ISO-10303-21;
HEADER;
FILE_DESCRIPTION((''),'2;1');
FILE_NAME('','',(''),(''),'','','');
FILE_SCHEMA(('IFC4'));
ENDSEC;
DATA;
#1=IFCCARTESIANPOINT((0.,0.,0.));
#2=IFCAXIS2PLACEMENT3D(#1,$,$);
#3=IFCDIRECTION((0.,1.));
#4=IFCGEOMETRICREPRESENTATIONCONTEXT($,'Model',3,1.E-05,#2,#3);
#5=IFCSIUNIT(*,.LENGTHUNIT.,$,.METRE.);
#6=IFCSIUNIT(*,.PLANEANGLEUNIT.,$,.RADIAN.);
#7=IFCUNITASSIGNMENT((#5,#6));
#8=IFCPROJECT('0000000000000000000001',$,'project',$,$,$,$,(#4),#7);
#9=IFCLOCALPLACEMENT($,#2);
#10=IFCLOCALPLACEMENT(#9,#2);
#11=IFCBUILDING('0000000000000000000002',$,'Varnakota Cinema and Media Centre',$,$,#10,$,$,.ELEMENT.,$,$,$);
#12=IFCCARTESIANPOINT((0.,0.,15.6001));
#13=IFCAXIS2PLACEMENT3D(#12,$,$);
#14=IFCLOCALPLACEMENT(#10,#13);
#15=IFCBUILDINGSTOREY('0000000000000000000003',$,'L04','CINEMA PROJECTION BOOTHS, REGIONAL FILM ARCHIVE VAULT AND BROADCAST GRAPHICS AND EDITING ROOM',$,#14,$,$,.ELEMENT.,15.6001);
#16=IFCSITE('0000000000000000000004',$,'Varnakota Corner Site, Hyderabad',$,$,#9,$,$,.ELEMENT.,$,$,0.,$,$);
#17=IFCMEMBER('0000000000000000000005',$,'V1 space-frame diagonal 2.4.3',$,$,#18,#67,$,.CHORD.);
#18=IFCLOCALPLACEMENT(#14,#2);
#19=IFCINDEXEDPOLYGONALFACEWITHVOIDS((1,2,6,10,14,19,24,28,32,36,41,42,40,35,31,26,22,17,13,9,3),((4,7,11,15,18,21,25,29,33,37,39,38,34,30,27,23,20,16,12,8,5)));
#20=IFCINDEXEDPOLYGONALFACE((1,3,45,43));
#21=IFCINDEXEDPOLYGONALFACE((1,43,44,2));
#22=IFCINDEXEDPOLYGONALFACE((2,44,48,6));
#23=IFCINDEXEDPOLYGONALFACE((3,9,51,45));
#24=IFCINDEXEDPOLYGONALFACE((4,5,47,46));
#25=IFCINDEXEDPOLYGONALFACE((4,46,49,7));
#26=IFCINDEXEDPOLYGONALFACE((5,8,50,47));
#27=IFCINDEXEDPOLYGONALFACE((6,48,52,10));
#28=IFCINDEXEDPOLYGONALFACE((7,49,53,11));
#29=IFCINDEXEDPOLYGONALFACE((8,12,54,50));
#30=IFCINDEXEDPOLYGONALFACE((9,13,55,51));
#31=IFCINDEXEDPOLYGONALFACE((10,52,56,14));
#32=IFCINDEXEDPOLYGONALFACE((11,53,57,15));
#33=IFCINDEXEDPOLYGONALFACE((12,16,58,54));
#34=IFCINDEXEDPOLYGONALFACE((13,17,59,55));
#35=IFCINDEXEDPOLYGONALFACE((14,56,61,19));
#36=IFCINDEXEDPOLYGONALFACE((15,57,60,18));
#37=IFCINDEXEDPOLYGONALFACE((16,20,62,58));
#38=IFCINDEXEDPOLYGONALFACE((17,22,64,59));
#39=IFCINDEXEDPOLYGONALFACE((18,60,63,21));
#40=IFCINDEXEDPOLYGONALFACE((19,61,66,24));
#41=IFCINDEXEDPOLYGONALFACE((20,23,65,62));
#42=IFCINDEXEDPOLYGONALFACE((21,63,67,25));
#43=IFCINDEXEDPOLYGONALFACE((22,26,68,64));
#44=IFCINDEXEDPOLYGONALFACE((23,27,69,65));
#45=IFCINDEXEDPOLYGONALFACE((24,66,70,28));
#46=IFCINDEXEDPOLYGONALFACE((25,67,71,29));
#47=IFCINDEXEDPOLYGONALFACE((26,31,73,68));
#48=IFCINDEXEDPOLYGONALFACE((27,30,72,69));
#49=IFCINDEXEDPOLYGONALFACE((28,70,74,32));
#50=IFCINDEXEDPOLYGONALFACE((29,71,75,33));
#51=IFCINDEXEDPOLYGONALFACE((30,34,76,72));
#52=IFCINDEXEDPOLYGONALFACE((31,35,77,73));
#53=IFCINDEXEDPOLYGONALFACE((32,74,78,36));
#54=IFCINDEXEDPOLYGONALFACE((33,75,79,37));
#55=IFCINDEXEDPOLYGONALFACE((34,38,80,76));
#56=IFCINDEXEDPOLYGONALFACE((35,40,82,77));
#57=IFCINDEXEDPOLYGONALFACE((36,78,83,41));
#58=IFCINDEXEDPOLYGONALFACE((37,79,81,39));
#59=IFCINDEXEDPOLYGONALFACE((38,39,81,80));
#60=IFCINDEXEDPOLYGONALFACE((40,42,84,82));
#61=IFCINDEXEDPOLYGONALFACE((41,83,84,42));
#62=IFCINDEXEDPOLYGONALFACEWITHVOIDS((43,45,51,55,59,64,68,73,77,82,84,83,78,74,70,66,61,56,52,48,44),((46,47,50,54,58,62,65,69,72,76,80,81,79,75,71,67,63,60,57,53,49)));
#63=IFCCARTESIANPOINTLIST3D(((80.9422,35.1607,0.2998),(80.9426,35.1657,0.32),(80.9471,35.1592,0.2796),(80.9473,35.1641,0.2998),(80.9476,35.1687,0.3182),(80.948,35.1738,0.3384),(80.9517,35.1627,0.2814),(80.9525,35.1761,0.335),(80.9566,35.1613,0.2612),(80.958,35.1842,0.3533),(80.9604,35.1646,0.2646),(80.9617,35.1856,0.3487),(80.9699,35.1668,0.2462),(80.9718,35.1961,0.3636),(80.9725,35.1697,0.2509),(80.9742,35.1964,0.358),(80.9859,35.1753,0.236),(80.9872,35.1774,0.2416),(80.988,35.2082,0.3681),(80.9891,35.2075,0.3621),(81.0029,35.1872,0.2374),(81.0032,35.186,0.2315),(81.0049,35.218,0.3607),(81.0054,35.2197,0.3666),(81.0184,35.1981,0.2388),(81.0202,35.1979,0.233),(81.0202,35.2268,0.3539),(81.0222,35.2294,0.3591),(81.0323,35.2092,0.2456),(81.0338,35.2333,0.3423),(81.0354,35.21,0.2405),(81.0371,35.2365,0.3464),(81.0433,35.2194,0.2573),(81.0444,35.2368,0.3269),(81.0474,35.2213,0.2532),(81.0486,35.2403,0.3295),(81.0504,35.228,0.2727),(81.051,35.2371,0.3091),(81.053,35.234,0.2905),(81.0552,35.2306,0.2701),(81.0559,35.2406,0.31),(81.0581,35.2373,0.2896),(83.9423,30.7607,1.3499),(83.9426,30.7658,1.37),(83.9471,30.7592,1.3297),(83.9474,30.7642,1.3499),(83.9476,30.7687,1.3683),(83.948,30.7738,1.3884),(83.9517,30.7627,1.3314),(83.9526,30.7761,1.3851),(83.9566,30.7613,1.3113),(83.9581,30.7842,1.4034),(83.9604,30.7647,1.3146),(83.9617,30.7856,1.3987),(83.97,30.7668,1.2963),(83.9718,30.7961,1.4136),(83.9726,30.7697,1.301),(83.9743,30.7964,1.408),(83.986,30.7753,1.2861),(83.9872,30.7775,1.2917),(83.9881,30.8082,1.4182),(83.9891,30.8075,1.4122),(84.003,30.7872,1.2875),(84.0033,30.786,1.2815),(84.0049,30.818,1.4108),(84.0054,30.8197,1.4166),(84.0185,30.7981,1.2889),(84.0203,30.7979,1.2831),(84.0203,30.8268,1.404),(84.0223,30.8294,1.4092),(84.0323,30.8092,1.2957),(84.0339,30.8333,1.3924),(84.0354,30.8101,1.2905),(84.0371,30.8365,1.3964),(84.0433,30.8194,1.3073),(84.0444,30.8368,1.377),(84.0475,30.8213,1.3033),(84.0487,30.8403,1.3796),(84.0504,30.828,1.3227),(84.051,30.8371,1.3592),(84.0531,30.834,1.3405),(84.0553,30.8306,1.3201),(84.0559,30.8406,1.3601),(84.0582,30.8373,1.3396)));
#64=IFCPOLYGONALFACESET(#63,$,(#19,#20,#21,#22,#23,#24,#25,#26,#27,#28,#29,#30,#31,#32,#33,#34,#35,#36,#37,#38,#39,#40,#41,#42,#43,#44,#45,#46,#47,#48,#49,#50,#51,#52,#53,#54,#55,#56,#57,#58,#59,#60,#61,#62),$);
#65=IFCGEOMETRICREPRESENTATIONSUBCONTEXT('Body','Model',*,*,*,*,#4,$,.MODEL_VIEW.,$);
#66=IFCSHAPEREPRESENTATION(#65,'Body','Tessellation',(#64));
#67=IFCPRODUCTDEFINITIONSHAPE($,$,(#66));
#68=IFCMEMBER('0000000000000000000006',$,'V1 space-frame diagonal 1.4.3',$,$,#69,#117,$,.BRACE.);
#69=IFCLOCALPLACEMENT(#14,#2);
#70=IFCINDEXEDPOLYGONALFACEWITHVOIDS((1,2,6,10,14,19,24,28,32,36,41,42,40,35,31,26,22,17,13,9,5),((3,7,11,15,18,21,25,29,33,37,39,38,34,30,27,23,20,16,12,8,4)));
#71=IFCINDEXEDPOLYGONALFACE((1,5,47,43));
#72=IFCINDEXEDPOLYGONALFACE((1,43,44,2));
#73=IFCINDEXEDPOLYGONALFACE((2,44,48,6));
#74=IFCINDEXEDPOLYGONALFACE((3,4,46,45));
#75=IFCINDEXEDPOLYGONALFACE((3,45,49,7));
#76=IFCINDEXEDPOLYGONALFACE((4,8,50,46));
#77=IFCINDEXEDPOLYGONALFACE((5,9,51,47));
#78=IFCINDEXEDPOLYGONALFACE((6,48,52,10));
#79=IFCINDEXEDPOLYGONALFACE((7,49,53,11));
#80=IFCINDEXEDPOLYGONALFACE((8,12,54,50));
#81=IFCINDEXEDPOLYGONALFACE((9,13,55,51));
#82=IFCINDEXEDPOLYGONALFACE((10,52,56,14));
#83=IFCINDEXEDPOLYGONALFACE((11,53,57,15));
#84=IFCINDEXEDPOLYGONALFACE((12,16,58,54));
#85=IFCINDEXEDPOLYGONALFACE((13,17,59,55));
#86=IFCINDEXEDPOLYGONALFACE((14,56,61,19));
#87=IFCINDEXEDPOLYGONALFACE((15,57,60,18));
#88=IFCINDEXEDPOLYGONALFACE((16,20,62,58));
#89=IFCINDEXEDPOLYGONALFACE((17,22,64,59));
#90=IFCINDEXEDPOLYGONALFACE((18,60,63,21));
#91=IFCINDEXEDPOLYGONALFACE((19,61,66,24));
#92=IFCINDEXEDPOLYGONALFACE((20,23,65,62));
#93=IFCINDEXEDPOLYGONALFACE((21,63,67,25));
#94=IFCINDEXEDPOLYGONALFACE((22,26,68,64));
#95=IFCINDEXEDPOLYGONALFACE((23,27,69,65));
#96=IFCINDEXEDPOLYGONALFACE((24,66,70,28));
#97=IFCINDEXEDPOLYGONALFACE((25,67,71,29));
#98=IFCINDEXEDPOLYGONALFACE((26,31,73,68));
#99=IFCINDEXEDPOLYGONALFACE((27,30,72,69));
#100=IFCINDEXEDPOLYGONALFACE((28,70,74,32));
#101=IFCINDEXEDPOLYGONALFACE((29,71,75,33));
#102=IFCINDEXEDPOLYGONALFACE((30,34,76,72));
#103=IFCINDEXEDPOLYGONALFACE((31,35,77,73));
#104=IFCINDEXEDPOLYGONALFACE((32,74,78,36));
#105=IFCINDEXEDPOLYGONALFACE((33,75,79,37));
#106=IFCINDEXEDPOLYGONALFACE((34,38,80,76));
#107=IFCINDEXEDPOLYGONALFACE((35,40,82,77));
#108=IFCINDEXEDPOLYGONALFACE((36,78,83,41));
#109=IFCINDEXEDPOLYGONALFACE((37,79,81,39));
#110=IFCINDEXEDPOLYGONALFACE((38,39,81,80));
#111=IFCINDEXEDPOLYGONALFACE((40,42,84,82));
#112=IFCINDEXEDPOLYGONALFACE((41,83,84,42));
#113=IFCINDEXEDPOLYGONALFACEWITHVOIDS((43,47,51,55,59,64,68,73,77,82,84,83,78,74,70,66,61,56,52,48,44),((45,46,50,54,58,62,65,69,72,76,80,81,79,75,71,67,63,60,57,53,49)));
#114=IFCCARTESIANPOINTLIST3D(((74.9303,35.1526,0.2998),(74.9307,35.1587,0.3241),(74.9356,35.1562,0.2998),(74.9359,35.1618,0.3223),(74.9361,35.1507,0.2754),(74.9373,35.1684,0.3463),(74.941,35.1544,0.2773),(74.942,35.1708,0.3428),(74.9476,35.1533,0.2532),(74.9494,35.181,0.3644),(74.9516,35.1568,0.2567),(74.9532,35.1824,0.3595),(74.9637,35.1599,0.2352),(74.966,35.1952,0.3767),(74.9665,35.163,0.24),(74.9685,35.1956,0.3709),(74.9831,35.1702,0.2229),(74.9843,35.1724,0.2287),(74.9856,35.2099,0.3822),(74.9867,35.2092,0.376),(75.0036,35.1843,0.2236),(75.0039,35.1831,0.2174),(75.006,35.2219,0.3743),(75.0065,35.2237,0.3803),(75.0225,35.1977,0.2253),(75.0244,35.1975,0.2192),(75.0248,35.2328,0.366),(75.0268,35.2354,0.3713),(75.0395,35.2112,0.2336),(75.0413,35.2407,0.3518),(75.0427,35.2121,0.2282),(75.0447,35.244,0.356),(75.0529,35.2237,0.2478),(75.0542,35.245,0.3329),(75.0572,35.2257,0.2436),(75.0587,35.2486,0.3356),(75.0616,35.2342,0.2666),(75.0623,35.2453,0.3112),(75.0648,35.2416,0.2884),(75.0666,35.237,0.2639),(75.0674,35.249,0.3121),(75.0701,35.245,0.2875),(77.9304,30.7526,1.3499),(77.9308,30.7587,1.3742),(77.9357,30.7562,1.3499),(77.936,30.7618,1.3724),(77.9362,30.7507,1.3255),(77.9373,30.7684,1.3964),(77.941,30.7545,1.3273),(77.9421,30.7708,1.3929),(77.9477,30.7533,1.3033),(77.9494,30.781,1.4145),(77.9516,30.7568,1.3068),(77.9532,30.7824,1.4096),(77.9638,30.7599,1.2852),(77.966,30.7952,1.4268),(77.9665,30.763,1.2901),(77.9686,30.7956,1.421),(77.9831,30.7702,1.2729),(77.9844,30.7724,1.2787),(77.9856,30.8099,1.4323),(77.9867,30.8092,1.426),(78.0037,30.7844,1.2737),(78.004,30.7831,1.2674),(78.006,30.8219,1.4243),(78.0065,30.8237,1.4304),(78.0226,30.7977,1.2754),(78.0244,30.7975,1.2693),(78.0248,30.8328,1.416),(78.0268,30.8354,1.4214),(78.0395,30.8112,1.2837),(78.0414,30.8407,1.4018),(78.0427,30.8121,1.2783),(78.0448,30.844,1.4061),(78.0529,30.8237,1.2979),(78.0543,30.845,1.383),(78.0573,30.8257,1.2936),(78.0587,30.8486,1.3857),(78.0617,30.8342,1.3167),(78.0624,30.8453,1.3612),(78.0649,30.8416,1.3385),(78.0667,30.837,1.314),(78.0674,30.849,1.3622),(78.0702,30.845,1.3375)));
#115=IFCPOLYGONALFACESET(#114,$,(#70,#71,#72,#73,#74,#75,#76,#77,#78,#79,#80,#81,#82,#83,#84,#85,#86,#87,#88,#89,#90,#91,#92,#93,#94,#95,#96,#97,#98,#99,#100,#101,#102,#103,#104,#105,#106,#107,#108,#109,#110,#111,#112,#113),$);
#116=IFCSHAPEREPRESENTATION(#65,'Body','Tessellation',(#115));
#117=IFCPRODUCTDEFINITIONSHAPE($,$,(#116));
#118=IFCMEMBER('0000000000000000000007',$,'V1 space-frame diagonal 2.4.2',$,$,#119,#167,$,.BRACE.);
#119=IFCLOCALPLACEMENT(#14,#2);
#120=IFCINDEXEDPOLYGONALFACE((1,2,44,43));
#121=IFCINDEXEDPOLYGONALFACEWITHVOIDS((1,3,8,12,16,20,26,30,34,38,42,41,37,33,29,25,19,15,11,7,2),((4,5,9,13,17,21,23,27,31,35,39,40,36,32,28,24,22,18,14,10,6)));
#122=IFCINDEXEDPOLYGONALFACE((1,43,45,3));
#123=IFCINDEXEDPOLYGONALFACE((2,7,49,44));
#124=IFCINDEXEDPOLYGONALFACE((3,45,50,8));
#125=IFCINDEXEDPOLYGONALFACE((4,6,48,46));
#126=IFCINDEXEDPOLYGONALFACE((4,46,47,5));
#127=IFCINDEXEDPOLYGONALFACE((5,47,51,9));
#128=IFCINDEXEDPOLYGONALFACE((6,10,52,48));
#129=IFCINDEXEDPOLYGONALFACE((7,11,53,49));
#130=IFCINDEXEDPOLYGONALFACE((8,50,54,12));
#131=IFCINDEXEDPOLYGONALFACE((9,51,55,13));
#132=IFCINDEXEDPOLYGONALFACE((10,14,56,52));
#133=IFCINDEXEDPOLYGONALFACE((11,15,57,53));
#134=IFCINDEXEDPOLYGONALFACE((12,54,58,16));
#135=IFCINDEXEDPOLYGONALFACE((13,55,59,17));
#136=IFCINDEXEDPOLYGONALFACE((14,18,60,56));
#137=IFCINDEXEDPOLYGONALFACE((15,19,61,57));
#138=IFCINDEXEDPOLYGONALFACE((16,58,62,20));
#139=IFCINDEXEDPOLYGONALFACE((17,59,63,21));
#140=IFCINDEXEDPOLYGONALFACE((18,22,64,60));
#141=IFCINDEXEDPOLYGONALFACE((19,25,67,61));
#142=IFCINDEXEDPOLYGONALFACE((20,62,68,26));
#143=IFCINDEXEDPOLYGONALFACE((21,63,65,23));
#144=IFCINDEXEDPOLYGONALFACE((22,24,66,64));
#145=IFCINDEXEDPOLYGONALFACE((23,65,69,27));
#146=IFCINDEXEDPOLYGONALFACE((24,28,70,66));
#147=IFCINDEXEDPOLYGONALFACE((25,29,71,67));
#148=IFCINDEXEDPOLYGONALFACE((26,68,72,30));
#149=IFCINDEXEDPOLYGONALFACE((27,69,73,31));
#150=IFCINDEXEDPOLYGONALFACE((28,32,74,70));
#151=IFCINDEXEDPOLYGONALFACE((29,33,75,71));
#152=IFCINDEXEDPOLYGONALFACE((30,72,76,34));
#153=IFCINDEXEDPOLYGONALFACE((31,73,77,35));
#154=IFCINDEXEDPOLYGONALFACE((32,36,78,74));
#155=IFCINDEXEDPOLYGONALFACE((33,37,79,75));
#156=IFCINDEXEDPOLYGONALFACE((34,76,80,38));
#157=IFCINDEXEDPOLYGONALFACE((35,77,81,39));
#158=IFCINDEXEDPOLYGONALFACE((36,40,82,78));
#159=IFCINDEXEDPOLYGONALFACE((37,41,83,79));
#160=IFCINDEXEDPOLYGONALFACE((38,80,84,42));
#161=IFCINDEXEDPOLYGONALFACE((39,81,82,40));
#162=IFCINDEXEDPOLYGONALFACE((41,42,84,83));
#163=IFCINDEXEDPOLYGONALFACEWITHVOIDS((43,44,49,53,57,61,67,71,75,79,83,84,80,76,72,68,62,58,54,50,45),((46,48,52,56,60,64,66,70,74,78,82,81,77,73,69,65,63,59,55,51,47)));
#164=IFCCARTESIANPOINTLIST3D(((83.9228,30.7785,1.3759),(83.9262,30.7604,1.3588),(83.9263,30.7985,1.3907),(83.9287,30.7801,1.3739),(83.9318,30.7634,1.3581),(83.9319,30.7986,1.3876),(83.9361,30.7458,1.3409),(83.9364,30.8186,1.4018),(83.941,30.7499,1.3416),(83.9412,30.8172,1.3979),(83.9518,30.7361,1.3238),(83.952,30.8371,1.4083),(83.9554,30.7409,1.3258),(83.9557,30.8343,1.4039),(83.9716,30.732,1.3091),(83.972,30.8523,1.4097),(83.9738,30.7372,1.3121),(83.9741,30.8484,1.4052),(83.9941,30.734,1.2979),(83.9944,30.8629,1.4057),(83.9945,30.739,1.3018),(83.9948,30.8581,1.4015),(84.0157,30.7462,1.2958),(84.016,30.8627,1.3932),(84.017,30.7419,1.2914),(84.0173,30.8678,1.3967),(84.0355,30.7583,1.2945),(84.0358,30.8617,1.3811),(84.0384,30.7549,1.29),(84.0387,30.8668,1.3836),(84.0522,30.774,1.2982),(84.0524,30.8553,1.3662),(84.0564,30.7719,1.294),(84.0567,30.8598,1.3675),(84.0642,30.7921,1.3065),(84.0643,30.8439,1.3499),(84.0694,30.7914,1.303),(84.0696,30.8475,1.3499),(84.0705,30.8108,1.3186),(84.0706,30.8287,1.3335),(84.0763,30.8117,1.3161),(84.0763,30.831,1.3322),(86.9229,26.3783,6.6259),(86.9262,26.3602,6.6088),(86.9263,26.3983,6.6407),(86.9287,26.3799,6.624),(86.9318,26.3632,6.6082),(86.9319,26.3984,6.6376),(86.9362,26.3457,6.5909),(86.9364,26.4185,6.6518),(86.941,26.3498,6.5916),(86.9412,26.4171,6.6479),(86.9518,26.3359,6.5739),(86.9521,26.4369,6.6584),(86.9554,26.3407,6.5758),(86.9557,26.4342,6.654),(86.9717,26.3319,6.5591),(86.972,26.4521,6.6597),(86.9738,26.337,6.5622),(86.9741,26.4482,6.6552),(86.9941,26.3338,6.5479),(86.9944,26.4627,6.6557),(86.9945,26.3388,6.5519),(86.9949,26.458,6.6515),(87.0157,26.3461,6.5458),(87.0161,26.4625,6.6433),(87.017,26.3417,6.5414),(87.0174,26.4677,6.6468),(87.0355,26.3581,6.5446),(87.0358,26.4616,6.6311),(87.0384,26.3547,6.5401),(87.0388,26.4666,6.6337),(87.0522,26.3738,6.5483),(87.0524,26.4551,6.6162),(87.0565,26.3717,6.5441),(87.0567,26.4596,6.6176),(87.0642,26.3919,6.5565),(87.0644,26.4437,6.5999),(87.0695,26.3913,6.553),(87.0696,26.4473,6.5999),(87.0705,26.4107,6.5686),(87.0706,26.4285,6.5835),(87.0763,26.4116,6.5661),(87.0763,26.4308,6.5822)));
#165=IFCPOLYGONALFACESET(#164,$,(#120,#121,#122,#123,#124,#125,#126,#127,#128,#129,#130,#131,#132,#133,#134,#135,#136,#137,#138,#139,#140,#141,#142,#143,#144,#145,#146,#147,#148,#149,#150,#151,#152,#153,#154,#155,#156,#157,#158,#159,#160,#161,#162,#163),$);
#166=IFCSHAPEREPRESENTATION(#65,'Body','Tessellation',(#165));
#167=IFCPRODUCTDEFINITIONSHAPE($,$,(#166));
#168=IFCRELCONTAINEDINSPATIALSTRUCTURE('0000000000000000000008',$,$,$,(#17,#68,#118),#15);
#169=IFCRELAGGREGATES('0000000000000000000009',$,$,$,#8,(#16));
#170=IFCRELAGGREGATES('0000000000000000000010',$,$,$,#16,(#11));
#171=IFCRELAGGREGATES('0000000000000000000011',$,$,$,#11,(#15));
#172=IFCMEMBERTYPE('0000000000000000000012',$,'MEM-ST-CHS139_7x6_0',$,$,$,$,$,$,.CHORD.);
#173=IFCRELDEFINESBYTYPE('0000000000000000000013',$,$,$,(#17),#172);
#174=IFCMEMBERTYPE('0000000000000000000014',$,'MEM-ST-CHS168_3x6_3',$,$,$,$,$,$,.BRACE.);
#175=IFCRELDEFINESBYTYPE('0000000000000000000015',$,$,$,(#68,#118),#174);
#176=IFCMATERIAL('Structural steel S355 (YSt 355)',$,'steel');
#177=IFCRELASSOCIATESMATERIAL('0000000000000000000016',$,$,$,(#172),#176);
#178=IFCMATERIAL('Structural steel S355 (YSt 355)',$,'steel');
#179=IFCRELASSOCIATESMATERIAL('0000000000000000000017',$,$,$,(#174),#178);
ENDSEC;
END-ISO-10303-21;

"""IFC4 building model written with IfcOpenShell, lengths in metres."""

from ifc_helpers import new_model, si_unit, direction, frame, origin, origin_2d, place, context, subcontext, project, spatial, hollow_circle, extrude, material, material_profile, profile_set, type_object, element, save


model = new_model("IFC4")

# Units and contexts
model_context = context("Model", 3, precision=1e-05, world=origin(), true_north=direction((0.0, 1.0)))
body_context = subcontext(model_context, "Body", "Model", "MODEL_VIEW")
ifc_project = project(units=[si_unit("LENGTHUNIT", "METRE"), si_unit("PLANEANGLEUNIT", "RADIAN")], contexts=[model_context])

# Site, building, storey
site_placement = place(None, origin())
site = spatial("IfcSite", under=ifc_project, at=site_placement, Name="Varnakota Corner Site, Hyderabad", CompositionType="ELEMENT", RefElevation=0.0)
building_placement = place(site_placement, origin())
building = spatial("IfcBuilding", under=site, at=building_placement, Name="Varnakota Cinema and Media Centre", CompositionType="ELEMENT")
storey_placement = place(building_placement, frame((0.0, 0.0, 15.6001)))
storey = spatial("IfcBuildingStorey", under=building, at=storey_placement, Name="L04", Description="CINEMA PROJECTION BOOTHS, REGIONAL FILM ARCHIVE VAULT AND BROADCAST GRAPHICS AND EDITING ROOM", CompositionType="ELEMENT", Elevation=15.6001)

# Members
ifc_material_1 = material(Name="Structural steel S355 (YSt 355)", Category="steel")
ifc_material_profile_1 = material_profile(ifc_material_1, hollow_circle(Radius=0.0698, WallThickness=0.0061, at=origin_2d()), Name="CHS 139.7x6.0")
ifc_profile_set_1 = profile_set([ifc_material_profile_1], Name="Structural steel S355 (YSt 355)")
member_type_1 = type_object("IfcMemberType", Name="MEM-ST-CHS139_7x6_0", PredefinedType="CHORD", material=ifc_profile_set_1)
for number, where, z_axis, x_axis, name in (
    (1, (84.0, 30.8, 1.3499), (-0.552703, 0.810613, -0.193455), (-0.826222, -0.563345, 0.0), "V1 space-frame diagonal 2.4.3"),
):
    element("IfcMember", number, at=place(storey_placement, frame(where, z_axis=z_axis, x_axis=x_axis)), inside=storey, type_object=member_type_1, Name=name, PredefinedType="CHORD", context=body_context, shape_type="SweptSolid", body=[
        extrude(hollow_circle(Radius=0.0698, WallThickness=0.0061, at=origin_2d()), origin(), (0.0, 0.0, 1.0), 5.428),
    ])
ifc_material_2 = material(Name="Structural steel S355 (YSt 355)", Category="steel")
ifc_material_profile_2 = material_profile(ifc_material_2, hollow_circle(Radius=0.0842, WallThickness=0.0063, at=origin_2d()), Name="CHS 168.3x6.3")
ifc_profile_set_2 = profile_set([ifc_material_profile_2], Name="Structural steel S355 (YSt 355)")
member_type_2 = type_object("IfcMemberType", Name="MEM-ST-CHS168_3x6_3", PredefinedType="BRACE", material=ifc_profile_set_2)
member_1_placement = place(storey_placement, frame((78.0, 30.8, 1.3499), z_axis=(-0.552703, 0.810613, -0.193455), x_axis=(-0.826222, -0.563345, 0.0)))
element("IfcMember", 2, at=member_1_placement, inside=storey, type_object=member_type_2, Name="V1 space-frame diagonal 1.4.3", PredefinedType="BRACE", context=body_context, shape_type="SweptSolid", body=[
    extrude(hollow_circle(Radius=0.0842, WallThickness=0.0063, at=origin_2d()), origin(), (0.0, 0.0, 1.0), 5.428),
])
member_2_placement = place(storey_placement, frame((84.0, 30.8, 1.3499), z_axis=(0.401165, -0.588395, 0.702039), x_axis=(0.826236, 0.563324, 0.0)))
element("IfcMember", 3, at=member_2_placement, inside=storey, type_object=member_type_2, Name="V1 space-frame diagonal 2.4.2", PredefinedType="BRACE", context=body_context, shape_type="SweptSolid", body=[
    extrude(hollow_circle(Radius=0.0842, WallThickness=0.0063, at=origin_2d()), origin(), (0.0, 0.0, 1.0), 7.4783),
])

save(model, "model.ifc")
